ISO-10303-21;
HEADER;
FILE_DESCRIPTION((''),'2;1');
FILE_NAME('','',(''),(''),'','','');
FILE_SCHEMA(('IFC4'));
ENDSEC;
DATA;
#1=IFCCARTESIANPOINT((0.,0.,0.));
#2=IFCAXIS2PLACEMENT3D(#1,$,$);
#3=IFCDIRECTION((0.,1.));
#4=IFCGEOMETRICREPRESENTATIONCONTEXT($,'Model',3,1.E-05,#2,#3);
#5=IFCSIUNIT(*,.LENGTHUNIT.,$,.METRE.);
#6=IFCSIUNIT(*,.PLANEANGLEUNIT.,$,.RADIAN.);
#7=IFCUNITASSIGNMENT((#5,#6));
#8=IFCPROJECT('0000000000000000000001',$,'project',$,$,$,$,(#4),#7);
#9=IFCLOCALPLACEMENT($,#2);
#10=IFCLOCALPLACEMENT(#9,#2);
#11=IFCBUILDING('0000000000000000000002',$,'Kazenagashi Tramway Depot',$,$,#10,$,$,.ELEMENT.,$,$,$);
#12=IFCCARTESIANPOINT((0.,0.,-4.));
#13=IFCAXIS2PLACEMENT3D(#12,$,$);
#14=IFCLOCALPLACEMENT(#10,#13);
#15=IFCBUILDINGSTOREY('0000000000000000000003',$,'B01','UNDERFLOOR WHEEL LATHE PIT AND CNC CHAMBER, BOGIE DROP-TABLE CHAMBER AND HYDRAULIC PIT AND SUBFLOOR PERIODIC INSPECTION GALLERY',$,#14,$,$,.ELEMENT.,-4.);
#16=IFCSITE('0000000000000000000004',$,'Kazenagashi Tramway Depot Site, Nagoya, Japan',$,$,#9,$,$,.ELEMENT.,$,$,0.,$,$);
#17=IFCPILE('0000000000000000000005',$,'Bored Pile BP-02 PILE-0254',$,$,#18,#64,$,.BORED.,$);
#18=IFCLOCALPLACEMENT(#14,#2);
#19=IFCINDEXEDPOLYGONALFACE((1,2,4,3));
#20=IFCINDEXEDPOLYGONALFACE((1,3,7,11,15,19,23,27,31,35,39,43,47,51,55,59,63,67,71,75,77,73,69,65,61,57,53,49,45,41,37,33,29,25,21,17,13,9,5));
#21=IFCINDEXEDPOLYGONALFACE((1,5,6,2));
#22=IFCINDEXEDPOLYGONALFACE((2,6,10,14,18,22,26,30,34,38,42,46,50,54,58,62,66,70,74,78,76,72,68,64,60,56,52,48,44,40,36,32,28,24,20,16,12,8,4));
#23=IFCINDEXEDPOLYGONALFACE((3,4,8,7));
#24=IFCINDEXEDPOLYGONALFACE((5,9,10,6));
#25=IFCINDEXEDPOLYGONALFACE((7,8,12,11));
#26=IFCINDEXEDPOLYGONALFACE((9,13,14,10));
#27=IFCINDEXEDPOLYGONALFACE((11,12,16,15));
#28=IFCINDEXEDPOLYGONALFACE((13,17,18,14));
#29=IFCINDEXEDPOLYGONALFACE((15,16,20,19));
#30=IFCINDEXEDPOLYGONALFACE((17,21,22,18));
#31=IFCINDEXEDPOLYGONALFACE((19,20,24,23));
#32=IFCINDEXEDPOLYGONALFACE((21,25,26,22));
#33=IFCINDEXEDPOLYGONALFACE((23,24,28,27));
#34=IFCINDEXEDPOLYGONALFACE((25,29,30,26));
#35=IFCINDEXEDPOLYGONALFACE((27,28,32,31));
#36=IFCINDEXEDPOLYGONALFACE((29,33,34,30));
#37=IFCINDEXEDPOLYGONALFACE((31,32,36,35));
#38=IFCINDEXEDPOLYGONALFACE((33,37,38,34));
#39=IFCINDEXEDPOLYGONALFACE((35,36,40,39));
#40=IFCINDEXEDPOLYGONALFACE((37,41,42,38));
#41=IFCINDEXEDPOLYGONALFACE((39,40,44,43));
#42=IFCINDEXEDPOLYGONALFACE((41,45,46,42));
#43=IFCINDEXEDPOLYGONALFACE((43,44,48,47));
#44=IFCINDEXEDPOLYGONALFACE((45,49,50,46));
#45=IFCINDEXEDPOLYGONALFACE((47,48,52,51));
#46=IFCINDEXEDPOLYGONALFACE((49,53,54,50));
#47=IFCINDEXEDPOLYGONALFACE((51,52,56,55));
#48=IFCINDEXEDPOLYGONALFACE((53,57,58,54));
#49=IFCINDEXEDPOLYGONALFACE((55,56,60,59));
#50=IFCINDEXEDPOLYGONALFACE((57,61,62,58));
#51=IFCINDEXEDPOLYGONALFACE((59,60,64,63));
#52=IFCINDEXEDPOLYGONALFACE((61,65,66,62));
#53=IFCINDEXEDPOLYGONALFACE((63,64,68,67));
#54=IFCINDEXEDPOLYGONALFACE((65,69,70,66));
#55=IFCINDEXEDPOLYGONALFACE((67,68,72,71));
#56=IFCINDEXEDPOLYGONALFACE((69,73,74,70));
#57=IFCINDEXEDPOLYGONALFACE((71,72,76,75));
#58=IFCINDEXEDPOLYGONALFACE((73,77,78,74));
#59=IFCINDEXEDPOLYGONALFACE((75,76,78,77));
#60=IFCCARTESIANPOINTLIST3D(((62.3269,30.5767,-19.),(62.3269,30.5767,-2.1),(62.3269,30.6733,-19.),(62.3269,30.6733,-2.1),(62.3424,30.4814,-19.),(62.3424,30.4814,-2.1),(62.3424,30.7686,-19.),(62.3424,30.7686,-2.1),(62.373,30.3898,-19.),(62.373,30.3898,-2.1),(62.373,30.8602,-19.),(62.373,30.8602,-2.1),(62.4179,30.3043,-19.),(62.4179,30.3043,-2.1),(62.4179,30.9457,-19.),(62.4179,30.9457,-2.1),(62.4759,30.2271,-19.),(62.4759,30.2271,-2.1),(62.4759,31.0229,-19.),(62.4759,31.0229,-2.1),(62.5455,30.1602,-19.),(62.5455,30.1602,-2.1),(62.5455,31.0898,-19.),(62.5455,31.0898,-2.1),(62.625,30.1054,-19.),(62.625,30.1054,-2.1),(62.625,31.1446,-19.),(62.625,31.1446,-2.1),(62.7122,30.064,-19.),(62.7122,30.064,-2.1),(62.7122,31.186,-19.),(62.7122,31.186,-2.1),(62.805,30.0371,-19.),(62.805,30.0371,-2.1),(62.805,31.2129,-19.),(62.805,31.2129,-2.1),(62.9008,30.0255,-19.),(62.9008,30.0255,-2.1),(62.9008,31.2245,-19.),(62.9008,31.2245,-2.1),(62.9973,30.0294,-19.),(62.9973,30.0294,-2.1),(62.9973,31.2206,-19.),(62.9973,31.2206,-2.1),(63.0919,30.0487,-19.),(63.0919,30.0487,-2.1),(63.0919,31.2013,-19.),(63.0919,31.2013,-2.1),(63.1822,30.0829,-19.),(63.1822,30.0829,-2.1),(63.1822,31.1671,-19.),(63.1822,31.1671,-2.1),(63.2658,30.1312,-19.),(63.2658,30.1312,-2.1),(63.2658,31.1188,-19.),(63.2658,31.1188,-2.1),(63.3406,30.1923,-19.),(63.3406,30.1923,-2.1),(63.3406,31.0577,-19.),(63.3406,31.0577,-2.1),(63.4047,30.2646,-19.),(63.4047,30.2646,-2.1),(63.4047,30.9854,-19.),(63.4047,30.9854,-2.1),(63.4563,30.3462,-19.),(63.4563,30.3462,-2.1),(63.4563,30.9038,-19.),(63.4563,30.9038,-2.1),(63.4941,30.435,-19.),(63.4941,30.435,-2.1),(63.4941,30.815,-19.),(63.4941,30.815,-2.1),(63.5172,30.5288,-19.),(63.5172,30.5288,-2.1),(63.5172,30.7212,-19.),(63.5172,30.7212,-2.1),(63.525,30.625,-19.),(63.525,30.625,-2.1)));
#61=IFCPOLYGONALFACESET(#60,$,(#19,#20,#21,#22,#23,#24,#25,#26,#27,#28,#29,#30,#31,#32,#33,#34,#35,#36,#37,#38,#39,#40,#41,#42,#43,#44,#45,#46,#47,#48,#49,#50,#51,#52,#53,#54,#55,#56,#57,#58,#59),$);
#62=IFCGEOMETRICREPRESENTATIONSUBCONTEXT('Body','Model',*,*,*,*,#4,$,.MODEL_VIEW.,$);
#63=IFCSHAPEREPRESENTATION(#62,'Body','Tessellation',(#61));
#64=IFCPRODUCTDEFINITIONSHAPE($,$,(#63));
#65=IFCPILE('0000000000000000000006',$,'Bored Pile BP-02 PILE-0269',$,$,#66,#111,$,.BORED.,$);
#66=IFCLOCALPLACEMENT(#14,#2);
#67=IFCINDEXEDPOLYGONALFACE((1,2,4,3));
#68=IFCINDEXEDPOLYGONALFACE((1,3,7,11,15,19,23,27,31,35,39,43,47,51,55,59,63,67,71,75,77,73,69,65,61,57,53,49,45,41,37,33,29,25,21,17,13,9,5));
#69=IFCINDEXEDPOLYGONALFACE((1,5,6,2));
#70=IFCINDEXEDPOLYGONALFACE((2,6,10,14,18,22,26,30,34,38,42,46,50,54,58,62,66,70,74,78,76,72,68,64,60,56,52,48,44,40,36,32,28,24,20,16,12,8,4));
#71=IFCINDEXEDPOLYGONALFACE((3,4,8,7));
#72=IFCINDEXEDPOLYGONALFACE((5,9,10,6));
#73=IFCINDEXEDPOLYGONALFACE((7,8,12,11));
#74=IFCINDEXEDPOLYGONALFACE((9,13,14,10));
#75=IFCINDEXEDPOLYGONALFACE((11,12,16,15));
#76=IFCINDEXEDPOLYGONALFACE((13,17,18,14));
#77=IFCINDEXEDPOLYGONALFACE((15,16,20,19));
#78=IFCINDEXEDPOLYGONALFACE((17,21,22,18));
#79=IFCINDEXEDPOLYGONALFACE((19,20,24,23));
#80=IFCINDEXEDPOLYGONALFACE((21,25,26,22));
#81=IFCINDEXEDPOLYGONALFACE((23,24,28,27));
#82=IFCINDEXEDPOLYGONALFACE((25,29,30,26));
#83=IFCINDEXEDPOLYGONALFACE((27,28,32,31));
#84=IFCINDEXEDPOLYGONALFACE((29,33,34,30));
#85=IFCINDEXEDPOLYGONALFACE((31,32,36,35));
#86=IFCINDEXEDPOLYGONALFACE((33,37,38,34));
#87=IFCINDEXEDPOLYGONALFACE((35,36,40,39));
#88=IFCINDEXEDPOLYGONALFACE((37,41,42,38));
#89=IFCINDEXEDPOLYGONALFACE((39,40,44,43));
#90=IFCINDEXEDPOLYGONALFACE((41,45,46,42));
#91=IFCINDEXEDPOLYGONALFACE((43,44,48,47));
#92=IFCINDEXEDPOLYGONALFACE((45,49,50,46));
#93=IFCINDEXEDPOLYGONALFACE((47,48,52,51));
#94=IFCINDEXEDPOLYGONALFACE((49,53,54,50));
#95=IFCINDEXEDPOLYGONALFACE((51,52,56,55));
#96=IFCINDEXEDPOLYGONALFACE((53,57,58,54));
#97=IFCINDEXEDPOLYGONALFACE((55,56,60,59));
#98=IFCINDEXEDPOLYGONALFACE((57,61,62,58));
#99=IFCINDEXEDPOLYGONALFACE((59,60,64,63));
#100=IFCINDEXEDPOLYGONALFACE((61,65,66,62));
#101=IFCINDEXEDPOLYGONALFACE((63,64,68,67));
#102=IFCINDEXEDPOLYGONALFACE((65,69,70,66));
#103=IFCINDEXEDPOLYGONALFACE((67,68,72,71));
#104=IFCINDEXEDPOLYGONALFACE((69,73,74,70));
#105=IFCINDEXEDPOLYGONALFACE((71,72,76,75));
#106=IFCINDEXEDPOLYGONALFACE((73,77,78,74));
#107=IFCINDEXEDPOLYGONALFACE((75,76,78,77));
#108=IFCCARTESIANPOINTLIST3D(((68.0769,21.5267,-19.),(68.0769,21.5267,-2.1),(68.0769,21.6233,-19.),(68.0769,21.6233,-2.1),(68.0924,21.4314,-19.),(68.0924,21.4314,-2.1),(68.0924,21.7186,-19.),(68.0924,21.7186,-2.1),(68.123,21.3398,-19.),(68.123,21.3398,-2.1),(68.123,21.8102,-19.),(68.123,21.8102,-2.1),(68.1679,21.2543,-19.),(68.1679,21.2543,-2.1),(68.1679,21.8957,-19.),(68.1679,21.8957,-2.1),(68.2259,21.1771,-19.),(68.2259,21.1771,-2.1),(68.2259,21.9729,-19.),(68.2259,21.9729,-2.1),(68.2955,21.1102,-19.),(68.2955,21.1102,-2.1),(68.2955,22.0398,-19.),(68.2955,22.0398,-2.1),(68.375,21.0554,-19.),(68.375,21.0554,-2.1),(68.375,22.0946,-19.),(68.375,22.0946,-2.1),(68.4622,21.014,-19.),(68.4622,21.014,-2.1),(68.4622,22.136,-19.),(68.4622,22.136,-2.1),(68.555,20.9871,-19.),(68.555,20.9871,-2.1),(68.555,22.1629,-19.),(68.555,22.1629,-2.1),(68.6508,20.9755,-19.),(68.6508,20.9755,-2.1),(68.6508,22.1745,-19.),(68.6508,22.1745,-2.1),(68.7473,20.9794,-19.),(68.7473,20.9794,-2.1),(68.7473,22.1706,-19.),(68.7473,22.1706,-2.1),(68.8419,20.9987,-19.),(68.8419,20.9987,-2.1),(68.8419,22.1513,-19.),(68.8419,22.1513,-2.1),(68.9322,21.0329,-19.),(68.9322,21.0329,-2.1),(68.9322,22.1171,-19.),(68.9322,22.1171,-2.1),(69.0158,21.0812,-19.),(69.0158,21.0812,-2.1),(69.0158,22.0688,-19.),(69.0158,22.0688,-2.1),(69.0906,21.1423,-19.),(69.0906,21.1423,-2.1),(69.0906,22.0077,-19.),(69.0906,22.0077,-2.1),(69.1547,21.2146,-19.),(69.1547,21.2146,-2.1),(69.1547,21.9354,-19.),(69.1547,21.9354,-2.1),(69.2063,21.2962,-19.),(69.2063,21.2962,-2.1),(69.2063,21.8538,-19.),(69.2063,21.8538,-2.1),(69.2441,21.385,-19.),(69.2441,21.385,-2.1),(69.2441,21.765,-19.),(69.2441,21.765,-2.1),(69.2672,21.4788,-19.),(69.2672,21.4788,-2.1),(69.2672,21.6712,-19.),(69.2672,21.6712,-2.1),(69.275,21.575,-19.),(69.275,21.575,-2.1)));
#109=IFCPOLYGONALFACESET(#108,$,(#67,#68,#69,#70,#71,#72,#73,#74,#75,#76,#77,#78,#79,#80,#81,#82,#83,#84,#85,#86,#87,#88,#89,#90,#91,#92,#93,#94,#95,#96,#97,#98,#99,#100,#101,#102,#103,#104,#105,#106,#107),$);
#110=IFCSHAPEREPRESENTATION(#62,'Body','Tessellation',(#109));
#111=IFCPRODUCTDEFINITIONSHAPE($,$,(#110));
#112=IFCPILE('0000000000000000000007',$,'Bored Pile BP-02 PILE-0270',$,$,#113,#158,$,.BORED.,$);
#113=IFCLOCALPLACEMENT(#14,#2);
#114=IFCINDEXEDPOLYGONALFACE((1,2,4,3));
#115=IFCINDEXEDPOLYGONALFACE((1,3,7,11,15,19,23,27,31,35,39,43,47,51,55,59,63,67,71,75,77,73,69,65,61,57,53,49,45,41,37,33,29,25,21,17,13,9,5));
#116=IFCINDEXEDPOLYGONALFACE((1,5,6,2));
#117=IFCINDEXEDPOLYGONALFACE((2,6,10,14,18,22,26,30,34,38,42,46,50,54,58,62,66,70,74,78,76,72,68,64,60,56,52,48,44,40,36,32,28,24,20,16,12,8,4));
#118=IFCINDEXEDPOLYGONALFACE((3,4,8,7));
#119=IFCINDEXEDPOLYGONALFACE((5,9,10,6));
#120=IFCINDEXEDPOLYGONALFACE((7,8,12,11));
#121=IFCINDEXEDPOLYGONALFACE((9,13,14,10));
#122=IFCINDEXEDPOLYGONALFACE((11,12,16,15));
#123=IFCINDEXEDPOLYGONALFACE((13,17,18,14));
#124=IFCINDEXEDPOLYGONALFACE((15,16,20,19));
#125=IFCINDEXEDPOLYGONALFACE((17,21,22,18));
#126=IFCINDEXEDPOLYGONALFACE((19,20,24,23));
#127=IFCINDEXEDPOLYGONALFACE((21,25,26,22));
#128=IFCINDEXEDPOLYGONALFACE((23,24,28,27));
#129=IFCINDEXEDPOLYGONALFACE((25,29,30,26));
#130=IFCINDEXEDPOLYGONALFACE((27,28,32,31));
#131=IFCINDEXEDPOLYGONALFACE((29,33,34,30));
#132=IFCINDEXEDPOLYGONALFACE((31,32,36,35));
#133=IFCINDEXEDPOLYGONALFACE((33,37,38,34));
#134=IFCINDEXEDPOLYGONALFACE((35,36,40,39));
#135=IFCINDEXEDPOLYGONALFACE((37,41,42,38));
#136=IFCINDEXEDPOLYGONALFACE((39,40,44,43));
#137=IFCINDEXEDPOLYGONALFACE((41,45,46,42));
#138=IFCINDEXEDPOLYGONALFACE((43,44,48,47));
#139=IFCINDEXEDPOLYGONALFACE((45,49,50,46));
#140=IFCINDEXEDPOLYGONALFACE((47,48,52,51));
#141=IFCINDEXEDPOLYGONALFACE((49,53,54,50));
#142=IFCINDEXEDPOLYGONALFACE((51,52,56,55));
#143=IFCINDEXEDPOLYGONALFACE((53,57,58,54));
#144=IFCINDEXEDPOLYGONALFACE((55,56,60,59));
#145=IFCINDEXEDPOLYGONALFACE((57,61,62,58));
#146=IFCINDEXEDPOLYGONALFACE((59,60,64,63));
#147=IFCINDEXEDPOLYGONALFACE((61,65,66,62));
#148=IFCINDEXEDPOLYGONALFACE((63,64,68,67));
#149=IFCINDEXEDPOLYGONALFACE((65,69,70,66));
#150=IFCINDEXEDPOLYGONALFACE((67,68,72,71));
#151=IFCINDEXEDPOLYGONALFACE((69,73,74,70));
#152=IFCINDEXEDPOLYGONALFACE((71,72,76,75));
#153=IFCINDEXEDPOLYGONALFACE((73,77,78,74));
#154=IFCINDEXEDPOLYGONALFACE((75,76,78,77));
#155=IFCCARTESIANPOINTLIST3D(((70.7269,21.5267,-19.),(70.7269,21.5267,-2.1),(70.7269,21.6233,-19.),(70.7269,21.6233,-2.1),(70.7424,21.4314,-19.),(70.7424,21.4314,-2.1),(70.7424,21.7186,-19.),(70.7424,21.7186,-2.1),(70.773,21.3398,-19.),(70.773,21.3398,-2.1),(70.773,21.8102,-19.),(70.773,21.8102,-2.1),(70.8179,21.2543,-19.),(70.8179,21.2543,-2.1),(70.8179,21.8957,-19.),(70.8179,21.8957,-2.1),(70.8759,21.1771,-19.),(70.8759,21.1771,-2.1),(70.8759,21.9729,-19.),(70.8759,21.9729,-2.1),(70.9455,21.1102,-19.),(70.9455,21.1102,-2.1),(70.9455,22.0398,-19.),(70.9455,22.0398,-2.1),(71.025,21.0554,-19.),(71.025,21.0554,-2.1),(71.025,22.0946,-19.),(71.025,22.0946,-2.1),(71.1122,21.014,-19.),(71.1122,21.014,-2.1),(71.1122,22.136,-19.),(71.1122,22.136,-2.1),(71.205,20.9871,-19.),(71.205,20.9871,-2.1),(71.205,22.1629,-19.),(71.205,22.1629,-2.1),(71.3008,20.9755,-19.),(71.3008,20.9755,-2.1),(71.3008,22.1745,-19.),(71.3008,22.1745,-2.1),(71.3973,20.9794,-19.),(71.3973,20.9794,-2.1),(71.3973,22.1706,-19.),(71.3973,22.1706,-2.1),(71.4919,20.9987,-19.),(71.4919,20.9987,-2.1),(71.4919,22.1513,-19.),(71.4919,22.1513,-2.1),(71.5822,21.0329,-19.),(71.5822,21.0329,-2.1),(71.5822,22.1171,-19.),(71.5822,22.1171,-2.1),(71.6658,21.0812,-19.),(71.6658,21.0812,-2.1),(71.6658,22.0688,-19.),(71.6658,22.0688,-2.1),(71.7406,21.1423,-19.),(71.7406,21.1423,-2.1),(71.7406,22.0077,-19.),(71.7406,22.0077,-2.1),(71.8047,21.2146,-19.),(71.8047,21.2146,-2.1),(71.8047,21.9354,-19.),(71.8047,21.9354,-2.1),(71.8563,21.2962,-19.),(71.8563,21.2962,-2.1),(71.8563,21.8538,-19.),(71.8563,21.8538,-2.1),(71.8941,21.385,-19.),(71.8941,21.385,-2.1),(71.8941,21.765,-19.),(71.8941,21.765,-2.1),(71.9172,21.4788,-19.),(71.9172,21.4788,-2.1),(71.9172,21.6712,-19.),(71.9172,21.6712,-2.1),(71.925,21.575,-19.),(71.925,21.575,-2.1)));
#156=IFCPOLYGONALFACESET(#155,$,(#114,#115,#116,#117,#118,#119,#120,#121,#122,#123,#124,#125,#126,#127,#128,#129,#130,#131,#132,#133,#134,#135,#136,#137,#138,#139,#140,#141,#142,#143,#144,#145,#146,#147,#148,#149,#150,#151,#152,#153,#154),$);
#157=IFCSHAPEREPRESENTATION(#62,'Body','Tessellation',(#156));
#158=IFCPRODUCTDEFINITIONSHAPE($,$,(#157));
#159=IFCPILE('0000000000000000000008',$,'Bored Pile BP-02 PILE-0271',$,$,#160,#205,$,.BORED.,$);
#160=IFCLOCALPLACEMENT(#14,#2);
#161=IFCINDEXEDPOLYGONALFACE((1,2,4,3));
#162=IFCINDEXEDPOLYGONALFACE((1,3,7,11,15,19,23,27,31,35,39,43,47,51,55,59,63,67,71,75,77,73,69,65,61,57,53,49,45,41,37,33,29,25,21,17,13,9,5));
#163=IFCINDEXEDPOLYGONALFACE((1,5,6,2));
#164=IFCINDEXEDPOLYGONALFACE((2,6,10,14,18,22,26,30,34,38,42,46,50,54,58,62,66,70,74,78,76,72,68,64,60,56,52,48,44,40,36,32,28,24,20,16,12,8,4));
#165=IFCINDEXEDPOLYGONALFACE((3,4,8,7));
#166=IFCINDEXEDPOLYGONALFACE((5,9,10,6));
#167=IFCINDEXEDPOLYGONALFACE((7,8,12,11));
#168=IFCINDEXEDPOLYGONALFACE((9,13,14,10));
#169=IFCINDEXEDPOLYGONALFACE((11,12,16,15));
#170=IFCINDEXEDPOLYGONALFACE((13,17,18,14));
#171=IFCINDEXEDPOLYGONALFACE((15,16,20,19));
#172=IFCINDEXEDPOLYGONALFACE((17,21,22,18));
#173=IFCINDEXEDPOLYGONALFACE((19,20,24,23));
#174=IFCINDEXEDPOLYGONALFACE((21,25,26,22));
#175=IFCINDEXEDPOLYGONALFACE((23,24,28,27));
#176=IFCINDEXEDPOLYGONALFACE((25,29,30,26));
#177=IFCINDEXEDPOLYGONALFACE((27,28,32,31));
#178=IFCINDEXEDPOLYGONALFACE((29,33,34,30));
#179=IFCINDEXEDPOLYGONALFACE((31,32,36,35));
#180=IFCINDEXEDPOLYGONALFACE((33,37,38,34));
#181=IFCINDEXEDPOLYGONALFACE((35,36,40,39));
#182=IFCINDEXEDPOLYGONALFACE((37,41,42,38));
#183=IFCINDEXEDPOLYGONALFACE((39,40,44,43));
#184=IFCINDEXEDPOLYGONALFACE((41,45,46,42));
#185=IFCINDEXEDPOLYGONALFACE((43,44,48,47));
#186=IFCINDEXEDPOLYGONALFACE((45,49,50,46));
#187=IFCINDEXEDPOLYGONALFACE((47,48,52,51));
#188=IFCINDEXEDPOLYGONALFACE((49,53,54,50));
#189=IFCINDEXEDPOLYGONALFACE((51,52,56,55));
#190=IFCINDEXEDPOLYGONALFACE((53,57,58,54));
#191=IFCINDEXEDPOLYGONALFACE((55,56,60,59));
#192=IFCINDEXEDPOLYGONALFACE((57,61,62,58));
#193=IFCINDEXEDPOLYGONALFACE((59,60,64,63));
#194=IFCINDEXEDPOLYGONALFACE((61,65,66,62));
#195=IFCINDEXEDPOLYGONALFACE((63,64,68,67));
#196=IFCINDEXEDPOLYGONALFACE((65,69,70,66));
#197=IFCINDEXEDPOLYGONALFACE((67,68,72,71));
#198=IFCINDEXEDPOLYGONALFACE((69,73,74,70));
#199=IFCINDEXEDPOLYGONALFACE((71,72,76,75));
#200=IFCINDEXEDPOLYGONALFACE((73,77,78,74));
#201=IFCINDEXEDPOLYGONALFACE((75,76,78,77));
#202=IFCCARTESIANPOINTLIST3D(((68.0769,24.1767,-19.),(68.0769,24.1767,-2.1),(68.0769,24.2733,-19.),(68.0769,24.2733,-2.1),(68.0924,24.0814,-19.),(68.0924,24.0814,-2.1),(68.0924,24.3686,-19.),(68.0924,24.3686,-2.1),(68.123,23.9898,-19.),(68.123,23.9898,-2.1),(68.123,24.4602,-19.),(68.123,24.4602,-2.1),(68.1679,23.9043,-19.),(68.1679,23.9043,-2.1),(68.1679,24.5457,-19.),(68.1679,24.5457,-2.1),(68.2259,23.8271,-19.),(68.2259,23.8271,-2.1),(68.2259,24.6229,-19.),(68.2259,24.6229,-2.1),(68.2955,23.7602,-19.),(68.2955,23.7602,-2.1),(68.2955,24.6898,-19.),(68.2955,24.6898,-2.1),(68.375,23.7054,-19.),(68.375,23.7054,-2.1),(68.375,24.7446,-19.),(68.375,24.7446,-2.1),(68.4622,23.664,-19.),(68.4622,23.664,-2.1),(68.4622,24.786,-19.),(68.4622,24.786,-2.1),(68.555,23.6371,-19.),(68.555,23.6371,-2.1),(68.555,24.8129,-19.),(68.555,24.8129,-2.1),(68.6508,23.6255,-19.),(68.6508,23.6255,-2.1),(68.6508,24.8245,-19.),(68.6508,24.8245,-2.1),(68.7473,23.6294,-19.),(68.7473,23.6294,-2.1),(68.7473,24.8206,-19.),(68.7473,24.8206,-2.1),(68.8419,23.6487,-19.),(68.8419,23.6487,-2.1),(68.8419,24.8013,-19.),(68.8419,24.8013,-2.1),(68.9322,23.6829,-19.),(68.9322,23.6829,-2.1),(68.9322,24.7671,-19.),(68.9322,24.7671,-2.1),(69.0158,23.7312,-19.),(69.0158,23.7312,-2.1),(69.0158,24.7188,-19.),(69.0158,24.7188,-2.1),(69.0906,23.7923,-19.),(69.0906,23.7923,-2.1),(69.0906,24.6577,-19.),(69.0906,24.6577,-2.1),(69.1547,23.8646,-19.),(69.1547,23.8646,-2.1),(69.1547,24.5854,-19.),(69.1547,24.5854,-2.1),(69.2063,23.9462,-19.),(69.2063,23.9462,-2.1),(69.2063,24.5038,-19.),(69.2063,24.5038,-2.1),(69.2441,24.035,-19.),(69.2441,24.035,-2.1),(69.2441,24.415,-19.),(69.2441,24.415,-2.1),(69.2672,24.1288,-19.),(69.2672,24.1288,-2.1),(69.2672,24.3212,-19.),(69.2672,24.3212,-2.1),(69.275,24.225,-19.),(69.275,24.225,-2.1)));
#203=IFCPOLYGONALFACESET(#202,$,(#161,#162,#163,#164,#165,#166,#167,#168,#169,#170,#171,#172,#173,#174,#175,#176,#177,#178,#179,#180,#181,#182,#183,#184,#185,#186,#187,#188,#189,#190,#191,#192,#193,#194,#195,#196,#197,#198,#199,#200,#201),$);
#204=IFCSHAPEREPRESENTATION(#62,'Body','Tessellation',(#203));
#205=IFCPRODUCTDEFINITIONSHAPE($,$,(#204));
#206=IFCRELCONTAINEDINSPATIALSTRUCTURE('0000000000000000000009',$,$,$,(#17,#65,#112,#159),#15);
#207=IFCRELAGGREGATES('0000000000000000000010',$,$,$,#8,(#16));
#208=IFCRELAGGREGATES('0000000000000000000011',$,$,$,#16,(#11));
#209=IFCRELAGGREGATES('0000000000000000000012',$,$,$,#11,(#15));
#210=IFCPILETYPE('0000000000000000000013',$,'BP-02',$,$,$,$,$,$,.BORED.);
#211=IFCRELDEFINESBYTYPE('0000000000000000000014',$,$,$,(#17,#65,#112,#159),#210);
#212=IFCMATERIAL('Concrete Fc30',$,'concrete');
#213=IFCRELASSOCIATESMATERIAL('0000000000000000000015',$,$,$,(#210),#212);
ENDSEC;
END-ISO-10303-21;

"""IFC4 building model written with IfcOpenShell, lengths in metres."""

from ifc_helpers import new_model, si_unit, direction, frame, origin, origin_2d, place, context, subcontext, project, spatial, circle, extrude, material, material_profile, profile_set, type_object, element, save


model = new_model("IFC4")

# Units and contexts
model_context = context("Model", 3, precision=1e-05, world=origin(), true_north=direction((0.0, 1.0)))
body_context = subcontext(model_context, "Body", "Model", "MODEL_VIEW")
ifc_project = project(units=[si_unit("LENGTHUNIT", "METRE"), si_unit("PLANEANGLEUNIT", "RADIAN")], contexts=[model_context])

# Site, building, storey
site_placement = place(None, origin())
site = spatial("IfcSite", under=ifc_project, at=site_placement, Name="Kazenagashi Tramway Depot Site, Nagoya, Japan", CompositionType="ELEMENT", RefElevation=0.0)
building_placement = place(site_placement, origin())
building = spatial("IfcBuilding", under=site, at=building_placement, Name="Kazenagashi Tramway Depot", CompositionType="ELEMENT")
storey_placement = place(building_placement, frame((0.0, 0.0, -4.0)))
storey = spatial("IfcBuildingStorey", under=building, at=storey_placement, Name="B01", Description="UNDERFLOOR WHEEL LATHE PIT AND CNC CHAMBER, BOGIE DROP-TABLE CHAMBER AND HYDRAULIC PIT AND SUBFLOOR PERIODIC INSPECTION GALLERY", CompositionType="ELEMENT", Elevation=-4.0)

# Piles
ifc_material_1 = material(Name="Concrete Fc30", Category="concrete")
ifc_material_profile_1 = material_profile(ifc_material_1, circle(Radius=0.6, at=origin_2d()), Name="PILE-1200")
ifc_profile_set_1 = profile_set([ifc_material_profile_1], Name="Concrete Fc30")
pile_type_1 = type_object("IfcPileType", Name="BP-02", PredefinedType="BORED", material=ifc_profile_set_1)
for number, where, z_axis, x_axis, name in (
    (1, (62.925, 30.625, -2.1), (0.0, 0.0, -1.0), (1.0, 0.0, 0.0), "Bored Pile BP-02 PILE-0254"),
    (2, (68.675, 21.575, -2.1), (0.0, 0.0, -1.0), (1.0, 0.0, 0.0), "Bored Pile BP-02 PILE-0269"),
    (3, (71.325, 21.575, -2.1), (0.0, 0.0, -1.0), (1.0, 0.0, 0.0), "Bored Pile BP-02 PILE-0270"),
    (4, (68.675, 24.225, -2.1), (0.0, 0.0, -1.0), (1.0, 0.0, 0.0), "Bored Pile BP-02 PILE-0271"),
):
    element("IfcPile", number, at=place(storey_placement, frame(where, z_axis=z_axis, x_axis=x_axis)), inside=storey, type_object=pile_type_1, Name=name, PredefinedType="BORED", context=body_context, shape_type="SweptSolid", body=[
        extrude(circle(Radius=0.6, at=origin_2d()), origin(), (0.0, 0.0, 1.0), 16.9),
    ])

save(model, "model.ifc")
